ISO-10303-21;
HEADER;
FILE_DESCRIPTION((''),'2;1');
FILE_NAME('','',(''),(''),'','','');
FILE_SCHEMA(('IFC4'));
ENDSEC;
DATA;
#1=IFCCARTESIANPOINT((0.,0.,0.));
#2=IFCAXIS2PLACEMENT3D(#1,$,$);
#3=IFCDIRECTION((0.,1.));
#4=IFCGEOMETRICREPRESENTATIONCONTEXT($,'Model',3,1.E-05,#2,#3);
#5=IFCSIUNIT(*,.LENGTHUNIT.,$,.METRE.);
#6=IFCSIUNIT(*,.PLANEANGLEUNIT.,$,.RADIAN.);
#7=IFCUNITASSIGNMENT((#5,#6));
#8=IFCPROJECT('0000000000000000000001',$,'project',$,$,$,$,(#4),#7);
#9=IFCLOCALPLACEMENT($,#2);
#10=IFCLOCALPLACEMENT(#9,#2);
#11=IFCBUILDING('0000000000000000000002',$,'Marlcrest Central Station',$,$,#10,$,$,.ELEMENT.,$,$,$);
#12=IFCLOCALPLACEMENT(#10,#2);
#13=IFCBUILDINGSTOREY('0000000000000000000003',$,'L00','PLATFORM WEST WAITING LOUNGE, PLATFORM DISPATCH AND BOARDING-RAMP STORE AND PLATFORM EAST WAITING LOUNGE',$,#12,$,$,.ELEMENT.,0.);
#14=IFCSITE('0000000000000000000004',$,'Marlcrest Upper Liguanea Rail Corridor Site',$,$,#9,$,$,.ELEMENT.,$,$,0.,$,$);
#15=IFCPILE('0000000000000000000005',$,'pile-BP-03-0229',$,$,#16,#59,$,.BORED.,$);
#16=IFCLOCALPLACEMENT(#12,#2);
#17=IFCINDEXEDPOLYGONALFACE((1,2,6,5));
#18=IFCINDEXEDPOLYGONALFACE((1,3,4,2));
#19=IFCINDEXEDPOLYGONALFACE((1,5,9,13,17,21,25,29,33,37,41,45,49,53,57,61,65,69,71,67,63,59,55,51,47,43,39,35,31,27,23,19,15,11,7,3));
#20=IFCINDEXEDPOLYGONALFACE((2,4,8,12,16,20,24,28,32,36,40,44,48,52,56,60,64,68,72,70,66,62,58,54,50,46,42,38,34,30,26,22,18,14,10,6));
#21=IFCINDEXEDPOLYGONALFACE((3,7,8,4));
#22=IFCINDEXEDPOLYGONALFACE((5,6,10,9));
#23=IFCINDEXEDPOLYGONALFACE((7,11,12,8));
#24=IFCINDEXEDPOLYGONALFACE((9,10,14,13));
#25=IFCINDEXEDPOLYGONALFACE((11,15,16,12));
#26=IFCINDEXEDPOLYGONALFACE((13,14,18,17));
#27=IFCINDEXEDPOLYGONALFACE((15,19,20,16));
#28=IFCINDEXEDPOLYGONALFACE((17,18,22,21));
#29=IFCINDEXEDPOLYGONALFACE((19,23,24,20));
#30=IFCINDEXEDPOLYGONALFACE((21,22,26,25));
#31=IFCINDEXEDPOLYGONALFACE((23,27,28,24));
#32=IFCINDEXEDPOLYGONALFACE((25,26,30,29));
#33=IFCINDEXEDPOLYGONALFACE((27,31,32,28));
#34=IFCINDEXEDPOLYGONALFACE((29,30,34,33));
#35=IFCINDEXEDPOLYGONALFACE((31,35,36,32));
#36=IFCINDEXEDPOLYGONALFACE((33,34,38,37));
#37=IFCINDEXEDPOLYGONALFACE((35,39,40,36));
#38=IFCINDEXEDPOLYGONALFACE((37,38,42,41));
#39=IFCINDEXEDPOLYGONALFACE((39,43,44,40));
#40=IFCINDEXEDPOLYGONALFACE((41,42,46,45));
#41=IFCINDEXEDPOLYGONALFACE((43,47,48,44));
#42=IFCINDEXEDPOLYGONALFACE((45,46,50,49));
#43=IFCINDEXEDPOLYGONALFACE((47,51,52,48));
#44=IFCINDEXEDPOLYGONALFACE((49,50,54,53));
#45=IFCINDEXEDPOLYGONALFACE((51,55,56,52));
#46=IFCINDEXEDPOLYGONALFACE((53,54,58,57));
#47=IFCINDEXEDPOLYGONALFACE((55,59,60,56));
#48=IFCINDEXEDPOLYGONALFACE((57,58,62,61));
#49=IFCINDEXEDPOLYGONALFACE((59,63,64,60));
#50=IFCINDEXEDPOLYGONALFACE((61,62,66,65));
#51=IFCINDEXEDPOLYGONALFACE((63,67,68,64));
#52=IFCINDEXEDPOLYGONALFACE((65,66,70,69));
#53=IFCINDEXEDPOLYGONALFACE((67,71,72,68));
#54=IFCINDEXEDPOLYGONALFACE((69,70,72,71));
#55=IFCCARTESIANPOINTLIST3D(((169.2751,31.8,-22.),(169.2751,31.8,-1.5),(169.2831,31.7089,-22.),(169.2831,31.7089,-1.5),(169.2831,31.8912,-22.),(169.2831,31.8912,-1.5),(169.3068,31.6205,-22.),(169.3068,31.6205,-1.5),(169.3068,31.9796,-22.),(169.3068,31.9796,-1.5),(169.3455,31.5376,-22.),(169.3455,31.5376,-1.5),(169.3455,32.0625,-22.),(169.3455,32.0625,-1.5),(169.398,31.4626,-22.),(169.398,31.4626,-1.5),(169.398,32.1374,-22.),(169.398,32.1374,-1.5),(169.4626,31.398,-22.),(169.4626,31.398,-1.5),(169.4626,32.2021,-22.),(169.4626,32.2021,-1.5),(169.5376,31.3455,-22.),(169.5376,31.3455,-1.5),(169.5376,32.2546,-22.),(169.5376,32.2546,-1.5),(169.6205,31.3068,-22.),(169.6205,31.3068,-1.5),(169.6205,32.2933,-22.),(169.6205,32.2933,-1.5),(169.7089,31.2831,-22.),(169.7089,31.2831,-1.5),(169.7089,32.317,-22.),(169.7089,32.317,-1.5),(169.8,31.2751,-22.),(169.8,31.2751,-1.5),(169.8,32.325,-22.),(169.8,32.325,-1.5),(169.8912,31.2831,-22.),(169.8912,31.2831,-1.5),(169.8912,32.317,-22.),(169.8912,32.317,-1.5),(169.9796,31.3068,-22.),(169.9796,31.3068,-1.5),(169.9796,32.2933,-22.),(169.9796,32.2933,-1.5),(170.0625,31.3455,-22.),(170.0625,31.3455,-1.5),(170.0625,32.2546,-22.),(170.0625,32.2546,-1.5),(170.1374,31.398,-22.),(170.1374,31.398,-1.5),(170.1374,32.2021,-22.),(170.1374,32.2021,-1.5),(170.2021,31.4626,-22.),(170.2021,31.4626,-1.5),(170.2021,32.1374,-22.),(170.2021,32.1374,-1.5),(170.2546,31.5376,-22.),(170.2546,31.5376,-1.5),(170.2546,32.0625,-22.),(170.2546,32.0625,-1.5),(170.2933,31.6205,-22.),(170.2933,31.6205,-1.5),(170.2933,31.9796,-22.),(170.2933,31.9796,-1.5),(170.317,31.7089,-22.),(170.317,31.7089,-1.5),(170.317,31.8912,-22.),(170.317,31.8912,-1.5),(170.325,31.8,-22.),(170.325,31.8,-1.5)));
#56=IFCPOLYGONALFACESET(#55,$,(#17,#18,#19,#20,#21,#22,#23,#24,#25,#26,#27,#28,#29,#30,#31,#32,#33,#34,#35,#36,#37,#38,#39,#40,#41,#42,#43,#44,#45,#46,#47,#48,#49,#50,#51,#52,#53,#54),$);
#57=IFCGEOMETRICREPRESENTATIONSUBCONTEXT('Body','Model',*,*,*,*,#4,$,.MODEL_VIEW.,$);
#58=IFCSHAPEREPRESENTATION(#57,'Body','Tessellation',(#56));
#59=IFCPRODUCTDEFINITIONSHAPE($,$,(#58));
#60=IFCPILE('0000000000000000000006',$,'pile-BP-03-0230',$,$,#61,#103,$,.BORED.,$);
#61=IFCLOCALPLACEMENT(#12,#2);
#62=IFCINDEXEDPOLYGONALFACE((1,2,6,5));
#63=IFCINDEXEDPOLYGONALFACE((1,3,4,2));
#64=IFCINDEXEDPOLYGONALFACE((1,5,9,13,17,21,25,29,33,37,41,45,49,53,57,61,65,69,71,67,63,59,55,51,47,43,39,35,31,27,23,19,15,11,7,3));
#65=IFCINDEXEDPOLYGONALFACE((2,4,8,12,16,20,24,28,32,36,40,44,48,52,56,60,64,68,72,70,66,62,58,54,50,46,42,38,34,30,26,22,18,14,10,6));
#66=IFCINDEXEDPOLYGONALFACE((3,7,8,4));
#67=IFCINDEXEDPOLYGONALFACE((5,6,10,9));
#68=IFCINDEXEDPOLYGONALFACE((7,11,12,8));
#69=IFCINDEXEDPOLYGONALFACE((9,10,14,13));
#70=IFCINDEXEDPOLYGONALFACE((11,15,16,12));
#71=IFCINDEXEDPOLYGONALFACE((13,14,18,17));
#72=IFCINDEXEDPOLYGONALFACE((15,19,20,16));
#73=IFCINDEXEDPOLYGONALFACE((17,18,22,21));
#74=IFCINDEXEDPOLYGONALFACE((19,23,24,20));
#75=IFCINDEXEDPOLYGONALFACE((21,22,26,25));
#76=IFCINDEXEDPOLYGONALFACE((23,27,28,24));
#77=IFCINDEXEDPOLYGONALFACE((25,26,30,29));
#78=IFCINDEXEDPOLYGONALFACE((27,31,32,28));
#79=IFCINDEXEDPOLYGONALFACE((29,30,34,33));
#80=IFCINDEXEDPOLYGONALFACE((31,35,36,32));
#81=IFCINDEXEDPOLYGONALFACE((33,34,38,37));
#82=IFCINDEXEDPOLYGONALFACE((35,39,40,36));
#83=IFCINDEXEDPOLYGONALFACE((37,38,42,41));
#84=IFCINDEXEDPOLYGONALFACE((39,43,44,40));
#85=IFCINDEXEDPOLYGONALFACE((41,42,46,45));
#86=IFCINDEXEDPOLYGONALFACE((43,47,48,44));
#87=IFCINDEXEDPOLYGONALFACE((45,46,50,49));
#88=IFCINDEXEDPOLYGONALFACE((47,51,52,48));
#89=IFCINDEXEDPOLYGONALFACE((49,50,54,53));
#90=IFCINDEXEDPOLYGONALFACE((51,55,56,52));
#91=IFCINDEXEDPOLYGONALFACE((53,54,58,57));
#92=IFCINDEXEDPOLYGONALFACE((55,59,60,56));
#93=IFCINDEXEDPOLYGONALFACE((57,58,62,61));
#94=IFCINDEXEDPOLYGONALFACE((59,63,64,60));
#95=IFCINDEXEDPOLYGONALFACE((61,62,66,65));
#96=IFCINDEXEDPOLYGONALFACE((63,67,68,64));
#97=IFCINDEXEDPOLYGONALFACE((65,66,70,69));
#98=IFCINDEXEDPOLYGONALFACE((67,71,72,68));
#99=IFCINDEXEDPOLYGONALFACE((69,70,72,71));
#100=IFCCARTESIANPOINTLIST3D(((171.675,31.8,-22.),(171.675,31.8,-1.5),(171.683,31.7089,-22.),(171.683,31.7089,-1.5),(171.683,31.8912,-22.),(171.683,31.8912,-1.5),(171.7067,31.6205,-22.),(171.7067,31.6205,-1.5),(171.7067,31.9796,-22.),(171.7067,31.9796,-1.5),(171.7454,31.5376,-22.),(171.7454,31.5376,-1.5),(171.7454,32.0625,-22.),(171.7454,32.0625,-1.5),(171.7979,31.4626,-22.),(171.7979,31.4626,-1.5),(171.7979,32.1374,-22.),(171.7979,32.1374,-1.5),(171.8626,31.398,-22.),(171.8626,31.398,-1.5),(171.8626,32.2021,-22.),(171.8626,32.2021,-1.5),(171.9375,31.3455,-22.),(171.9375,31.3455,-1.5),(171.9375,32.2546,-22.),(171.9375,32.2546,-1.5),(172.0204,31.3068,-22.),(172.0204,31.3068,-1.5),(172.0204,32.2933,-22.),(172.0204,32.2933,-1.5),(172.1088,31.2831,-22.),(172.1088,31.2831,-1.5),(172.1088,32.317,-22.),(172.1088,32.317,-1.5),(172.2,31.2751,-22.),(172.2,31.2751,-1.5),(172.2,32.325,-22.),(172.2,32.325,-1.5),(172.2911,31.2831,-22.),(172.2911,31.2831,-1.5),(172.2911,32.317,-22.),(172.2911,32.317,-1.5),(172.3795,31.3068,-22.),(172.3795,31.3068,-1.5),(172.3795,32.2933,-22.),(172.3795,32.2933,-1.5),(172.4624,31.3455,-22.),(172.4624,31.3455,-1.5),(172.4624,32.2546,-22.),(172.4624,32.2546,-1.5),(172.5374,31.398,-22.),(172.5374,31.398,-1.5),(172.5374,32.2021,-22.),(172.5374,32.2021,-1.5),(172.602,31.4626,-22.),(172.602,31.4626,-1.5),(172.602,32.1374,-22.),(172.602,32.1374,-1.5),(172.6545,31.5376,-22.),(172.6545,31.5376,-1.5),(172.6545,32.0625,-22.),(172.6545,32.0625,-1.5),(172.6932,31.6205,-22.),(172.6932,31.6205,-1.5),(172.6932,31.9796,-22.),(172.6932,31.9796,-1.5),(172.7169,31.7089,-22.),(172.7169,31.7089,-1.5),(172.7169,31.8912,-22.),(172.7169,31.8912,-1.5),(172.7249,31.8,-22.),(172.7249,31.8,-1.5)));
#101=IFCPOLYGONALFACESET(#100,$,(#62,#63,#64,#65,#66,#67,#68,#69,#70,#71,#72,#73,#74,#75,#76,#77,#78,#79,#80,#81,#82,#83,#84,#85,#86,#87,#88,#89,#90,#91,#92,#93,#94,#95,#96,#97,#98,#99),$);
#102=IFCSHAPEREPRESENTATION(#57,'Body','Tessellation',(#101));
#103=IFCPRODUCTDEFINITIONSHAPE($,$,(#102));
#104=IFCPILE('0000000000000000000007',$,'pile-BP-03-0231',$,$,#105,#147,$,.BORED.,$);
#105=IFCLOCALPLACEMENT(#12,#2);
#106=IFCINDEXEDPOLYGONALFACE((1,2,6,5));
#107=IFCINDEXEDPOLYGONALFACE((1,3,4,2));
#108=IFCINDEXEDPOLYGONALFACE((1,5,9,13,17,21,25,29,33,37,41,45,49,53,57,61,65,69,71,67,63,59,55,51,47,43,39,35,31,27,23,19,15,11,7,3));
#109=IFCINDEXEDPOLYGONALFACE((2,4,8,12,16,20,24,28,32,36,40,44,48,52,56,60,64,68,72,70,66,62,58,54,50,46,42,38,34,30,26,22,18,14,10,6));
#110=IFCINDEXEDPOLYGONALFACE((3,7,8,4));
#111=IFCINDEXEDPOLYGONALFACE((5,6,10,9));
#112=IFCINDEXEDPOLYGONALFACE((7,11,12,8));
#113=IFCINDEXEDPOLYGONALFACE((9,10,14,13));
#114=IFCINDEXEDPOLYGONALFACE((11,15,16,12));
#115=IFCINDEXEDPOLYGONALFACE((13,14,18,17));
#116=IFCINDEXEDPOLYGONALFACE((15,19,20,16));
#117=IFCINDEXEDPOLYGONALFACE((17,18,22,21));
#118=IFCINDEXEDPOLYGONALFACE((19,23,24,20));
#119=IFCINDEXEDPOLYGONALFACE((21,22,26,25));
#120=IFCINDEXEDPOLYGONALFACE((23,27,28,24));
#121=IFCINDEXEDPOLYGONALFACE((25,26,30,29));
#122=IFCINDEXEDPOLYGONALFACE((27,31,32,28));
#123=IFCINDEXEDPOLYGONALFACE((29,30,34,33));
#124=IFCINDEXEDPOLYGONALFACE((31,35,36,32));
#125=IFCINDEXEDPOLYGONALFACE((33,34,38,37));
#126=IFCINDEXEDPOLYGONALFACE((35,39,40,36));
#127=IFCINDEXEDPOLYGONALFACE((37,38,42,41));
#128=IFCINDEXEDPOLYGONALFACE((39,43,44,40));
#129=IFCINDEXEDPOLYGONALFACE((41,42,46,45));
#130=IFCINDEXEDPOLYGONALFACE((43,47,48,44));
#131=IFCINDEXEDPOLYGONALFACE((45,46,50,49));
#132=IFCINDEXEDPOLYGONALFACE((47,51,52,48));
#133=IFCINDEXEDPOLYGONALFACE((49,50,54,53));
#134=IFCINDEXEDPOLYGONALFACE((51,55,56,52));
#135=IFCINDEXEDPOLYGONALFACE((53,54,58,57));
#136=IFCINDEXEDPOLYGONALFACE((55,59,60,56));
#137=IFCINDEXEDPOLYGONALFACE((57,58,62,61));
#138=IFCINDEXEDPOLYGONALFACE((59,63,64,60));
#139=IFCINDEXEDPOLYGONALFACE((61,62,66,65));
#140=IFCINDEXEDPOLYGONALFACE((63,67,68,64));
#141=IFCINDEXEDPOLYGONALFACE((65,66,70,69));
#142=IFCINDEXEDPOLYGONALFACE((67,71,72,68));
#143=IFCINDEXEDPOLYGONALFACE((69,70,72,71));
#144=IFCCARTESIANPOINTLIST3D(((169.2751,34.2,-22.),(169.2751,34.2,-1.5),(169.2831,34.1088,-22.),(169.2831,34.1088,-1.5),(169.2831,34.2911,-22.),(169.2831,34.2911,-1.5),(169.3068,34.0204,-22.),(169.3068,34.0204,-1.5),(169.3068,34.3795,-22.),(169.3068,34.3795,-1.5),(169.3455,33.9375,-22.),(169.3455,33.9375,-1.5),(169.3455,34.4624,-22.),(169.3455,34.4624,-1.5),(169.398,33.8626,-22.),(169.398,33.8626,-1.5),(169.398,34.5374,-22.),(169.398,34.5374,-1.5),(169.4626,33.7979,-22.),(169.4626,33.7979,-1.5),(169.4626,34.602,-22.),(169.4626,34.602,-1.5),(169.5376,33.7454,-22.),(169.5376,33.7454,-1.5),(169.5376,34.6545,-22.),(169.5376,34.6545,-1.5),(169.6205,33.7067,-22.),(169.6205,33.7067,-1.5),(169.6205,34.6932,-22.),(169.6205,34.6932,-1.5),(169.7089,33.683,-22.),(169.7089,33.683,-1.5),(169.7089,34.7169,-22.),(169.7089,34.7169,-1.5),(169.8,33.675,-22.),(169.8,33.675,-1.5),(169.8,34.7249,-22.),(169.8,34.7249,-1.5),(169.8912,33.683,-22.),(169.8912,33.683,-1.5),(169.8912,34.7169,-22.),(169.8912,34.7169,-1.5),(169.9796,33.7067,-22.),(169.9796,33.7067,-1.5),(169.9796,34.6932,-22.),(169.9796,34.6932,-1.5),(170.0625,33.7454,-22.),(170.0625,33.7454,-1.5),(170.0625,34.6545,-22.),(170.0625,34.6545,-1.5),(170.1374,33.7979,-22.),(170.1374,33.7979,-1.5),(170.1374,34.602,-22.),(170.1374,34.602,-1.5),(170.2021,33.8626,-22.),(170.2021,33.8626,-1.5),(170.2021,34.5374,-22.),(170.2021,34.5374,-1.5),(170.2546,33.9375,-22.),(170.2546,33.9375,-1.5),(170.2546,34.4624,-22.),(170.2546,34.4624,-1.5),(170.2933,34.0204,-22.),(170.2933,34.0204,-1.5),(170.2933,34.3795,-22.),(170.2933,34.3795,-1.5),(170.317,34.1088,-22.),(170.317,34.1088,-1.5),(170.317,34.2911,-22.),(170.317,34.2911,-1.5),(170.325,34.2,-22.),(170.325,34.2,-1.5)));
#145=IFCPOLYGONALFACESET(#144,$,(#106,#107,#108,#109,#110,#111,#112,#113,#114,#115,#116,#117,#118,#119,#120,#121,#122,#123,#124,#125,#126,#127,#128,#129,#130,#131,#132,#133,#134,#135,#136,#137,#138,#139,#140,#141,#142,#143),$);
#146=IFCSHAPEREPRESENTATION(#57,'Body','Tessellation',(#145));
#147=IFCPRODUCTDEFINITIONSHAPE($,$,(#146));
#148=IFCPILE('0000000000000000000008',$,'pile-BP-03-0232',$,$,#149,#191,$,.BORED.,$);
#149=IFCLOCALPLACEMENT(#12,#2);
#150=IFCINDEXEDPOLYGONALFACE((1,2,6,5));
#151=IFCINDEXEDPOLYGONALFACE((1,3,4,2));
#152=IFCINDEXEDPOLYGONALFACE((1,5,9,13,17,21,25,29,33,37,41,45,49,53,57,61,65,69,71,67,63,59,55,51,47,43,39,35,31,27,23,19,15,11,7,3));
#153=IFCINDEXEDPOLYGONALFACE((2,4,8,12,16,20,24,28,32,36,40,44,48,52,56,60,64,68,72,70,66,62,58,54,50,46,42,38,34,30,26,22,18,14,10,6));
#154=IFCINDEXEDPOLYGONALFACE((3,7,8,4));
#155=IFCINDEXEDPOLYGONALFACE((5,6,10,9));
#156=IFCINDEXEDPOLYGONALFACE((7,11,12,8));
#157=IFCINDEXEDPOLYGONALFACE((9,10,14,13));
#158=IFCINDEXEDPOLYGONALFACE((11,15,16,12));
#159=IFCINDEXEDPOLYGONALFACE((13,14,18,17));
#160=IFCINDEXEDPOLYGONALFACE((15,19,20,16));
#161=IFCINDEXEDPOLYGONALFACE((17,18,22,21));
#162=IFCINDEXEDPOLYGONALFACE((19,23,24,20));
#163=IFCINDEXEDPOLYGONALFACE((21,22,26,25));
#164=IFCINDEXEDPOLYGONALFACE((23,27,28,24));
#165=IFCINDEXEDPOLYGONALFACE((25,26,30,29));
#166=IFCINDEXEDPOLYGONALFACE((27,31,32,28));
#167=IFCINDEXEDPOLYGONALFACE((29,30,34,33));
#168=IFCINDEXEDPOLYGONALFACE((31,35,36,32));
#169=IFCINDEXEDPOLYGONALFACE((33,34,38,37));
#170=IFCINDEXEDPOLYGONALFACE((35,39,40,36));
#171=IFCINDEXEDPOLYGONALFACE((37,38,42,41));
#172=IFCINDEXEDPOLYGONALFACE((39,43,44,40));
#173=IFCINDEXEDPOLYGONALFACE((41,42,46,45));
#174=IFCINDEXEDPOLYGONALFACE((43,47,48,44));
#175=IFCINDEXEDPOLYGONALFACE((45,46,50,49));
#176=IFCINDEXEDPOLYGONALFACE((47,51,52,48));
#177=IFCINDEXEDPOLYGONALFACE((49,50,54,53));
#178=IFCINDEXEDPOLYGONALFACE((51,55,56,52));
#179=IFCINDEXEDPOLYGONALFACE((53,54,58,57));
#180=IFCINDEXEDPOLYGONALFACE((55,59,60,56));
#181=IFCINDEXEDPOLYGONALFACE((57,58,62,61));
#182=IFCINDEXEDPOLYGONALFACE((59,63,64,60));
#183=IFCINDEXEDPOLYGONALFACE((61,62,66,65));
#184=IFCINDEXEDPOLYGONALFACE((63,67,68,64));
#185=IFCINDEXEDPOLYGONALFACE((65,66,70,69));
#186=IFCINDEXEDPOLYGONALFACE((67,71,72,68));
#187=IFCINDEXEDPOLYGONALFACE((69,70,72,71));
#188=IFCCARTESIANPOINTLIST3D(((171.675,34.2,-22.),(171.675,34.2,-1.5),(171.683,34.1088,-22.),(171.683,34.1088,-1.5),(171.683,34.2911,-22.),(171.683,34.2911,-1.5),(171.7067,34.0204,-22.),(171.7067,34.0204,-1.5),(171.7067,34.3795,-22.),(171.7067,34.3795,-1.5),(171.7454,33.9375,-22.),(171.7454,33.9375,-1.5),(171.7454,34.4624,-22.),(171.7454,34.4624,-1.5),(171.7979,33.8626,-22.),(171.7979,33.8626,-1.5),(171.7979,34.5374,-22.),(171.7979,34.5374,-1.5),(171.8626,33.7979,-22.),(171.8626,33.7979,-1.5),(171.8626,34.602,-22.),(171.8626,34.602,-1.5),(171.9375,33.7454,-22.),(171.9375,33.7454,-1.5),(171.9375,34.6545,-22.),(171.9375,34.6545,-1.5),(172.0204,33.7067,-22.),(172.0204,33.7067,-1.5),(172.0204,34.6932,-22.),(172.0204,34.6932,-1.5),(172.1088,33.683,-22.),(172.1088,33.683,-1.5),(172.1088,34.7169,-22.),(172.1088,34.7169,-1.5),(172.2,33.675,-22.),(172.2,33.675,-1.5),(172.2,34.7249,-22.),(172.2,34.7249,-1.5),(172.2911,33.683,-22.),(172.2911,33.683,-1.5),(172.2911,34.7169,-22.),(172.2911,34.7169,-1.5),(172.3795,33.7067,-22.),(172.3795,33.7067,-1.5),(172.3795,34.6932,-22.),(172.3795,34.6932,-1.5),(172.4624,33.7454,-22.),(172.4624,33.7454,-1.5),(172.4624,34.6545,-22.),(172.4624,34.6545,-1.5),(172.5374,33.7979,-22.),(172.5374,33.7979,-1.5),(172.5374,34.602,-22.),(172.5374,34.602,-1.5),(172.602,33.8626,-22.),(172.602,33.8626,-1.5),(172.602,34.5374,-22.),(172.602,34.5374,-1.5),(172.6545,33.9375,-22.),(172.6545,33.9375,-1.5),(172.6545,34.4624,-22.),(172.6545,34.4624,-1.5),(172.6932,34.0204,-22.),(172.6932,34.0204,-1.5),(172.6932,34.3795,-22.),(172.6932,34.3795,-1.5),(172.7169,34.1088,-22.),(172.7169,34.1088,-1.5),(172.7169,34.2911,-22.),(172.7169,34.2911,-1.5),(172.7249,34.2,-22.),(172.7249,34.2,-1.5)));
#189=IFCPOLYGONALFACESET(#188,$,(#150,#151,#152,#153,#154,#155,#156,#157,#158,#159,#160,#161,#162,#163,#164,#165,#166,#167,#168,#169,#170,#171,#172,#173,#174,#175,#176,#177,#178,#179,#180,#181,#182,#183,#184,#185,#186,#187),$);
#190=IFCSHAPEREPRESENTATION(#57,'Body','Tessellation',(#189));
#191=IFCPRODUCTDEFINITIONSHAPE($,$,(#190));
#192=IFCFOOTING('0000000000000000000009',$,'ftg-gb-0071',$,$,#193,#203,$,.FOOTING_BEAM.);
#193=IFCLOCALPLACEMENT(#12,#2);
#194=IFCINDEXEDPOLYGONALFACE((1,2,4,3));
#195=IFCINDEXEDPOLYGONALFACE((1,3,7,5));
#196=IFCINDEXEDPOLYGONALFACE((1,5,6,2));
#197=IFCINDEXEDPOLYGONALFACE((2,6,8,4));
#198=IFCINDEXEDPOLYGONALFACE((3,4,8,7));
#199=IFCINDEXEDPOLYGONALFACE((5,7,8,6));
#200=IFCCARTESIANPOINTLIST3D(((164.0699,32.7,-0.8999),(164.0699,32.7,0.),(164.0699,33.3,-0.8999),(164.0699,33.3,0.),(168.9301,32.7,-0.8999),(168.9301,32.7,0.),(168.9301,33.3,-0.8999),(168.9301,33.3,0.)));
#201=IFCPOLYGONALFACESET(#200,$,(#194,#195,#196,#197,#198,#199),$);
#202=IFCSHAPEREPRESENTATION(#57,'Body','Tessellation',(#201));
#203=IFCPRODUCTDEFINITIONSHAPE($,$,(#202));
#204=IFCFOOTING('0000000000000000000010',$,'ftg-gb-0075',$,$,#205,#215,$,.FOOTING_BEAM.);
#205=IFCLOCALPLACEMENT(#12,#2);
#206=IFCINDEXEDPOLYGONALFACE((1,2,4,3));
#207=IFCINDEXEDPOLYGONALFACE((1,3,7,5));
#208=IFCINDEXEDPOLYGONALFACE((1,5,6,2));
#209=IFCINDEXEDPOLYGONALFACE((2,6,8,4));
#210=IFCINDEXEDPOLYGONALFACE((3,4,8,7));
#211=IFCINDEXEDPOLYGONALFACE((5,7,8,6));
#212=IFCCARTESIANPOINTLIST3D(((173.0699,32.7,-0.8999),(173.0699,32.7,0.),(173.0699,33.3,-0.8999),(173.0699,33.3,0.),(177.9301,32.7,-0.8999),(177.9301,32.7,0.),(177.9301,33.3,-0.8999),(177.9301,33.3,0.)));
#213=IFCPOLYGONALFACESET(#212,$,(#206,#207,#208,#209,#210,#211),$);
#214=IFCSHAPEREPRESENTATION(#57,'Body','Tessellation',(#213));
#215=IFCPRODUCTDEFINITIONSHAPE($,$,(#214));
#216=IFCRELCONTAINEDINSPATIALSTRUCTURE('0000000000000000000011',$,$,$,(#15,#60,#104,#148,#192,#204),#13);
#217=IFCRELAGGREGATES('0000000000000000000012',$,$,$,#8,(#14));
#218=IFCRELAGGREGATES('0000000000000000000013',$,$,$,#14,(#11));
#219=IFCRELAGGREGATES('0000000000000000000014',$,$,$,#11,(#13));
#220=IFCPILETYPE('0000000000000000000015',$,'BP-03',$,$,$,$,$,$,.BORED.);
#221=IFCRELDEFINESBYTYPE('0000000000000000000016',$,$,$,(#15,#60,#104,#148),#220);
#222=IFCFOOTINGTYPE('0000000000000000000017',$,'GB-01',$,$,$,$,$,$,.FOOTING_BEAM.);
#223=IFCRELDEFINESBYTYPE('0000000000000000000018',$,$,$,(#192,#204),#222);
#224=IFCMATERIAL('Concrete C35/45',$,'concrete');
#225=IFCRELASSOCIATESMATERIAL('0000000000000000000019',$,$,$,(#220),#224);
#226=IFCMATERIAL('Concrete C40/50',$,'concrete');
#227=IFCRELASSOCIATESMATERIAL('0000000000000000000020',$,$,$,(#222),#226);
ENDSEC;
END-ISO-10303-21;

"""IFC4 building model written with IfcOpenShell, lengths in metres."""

from ifc_helpers import new_model, si_unit, direction, frame, origin, origin_2d, place, context, subcontext, project, spatial, rectangle, circle, extrude, material, material_profile, profile_set, type_object, element, save


model = new_model("IFC4")

# Units and contexts
model_context = context("Model", 3, precision=1e-05, world=origin(), true_north=direction((0.0, 1.0)))
body_context = subcontext(model_context, "Body", "Model", "MODEL_VIEW")
ifc_project = project(units=[si_unit("LENGTHUNIT", "METRE"), si_unit("PLANEANGLEUNIT", "RADIAN")], contexts=[model_context])

# Site, building, storey
site_placement = place(None, origin())
site = spatial("IfcSite", under=ifc_project, at=site_placement, Name="Marlcrest Upper Liguanea Rail Corridor Site", CompositionType="ELEMENT", RefElevation=0.0)
building_placement = place(site_placement, origin())
building = spatial("IfcBuilding", under=site, at=building_placement, Name="Marlcrest Central Station", CompositionType="ELEMENT")
storey_placement = place(building_placement, origin())
storey = spatial("IfcBuildingStorey", under=building, at=storey_placement, Name="L00", Description="PLATFORM WEST WAITING LOUNGE, PLATFORM DISPATCH AND BOARDING-RAMP STORE AND PLATFORM EAST WAITING LOUNGE", CompositionType="ELEMENT", Elevation=0.0)

# Piles
ifc_material_1 = material(Name="Concrete C35/45", Category="concrete")
ifc_material_profile_1 = material_profile(ifc_material_1, circle(Radius=0.5249, at=origin_2d()), Name="PILE D1050")
ifc_profile_set_1 = profile_set([ifc_material_profile_1], Name="Concrete C35/45")
pile_type = type_object("IfcPileType", Name="BP-03", PredefinedType="BORED", material=ifc_profile_set_1)
for number, where, z_axis, x_axis, name in (
    (1, (169.8, 31.8, -1.5), (0.0, 0.0, -1.0), (1.0, 0.0, 0.0), "pile-BP-03-0229"),
    (2, (172.2, 31.8, -1.5), (0.0, 0.0, -1.0), (1.0, 0.0, 0.0), "pile-BP-03-0230"),
    (3, (169.8, 34.2, -1.5), (0.0, 0.0, -1.0), (1.0, 0.0, 0.0), "pile-BP-03-0231"),
    (4, (172.2, 34.2, -1.5), (0.0, 0.0, -1.0), (1.0, 0.0, 0.0), "pile-BP-03-0232"),
):
    element("IfcPile", number, at=place(storey_placement, frame(where, z_axis=z_axis, x_axis=x_axis)), inside=storey, type_object=pile_type, Name=name, PredefinedType="BORED", context=body_context, shape_type="SweptSolid", body=[
        extrude(circle(Radius=0.5249, at=origin_2d()), origin(), (0.0, 0.0, 1.0), 20.5),
    ])

# Footings
ifc_material_2 = material(Name="Concrete C40/50", Category="concrete")
footing_type_1 = type_object("IfcFootingType", Name="GB-01", PredefinedType="FOOTING_BEAM", material=ifc_material_2)
for number, where, z_axis, x_axis, name in (
    (5, (166.5, 33.0, -0.8999), (0.0, 0.0, 1.0), (1.0, 0.0, 0.0), "ftg-gb-0071"),
    (6, (175.5, 33.0, -0.8999), (0.0, 0.0, 1.0), (1.0, 0.0, 0.0), "ftg-gb-0075"),
):
    element("IfcFooting", number, at=place(storey_placement, frame(where, z_axis=z_axis, x_axis=x_axis)), inside=storey, type_object=footing_type_1, Name=name, PredefinedType="FOOTING_BEAM", context=body_context, shape_type="SweptSolid", body=[
        extrude(rectangle(XDim=4.8601, YDim=0.6001, at=origin_2d()), origin(), (0.0, 0.0, 1.0), 0.8999),
    ])

save(model, "model.ifc")
